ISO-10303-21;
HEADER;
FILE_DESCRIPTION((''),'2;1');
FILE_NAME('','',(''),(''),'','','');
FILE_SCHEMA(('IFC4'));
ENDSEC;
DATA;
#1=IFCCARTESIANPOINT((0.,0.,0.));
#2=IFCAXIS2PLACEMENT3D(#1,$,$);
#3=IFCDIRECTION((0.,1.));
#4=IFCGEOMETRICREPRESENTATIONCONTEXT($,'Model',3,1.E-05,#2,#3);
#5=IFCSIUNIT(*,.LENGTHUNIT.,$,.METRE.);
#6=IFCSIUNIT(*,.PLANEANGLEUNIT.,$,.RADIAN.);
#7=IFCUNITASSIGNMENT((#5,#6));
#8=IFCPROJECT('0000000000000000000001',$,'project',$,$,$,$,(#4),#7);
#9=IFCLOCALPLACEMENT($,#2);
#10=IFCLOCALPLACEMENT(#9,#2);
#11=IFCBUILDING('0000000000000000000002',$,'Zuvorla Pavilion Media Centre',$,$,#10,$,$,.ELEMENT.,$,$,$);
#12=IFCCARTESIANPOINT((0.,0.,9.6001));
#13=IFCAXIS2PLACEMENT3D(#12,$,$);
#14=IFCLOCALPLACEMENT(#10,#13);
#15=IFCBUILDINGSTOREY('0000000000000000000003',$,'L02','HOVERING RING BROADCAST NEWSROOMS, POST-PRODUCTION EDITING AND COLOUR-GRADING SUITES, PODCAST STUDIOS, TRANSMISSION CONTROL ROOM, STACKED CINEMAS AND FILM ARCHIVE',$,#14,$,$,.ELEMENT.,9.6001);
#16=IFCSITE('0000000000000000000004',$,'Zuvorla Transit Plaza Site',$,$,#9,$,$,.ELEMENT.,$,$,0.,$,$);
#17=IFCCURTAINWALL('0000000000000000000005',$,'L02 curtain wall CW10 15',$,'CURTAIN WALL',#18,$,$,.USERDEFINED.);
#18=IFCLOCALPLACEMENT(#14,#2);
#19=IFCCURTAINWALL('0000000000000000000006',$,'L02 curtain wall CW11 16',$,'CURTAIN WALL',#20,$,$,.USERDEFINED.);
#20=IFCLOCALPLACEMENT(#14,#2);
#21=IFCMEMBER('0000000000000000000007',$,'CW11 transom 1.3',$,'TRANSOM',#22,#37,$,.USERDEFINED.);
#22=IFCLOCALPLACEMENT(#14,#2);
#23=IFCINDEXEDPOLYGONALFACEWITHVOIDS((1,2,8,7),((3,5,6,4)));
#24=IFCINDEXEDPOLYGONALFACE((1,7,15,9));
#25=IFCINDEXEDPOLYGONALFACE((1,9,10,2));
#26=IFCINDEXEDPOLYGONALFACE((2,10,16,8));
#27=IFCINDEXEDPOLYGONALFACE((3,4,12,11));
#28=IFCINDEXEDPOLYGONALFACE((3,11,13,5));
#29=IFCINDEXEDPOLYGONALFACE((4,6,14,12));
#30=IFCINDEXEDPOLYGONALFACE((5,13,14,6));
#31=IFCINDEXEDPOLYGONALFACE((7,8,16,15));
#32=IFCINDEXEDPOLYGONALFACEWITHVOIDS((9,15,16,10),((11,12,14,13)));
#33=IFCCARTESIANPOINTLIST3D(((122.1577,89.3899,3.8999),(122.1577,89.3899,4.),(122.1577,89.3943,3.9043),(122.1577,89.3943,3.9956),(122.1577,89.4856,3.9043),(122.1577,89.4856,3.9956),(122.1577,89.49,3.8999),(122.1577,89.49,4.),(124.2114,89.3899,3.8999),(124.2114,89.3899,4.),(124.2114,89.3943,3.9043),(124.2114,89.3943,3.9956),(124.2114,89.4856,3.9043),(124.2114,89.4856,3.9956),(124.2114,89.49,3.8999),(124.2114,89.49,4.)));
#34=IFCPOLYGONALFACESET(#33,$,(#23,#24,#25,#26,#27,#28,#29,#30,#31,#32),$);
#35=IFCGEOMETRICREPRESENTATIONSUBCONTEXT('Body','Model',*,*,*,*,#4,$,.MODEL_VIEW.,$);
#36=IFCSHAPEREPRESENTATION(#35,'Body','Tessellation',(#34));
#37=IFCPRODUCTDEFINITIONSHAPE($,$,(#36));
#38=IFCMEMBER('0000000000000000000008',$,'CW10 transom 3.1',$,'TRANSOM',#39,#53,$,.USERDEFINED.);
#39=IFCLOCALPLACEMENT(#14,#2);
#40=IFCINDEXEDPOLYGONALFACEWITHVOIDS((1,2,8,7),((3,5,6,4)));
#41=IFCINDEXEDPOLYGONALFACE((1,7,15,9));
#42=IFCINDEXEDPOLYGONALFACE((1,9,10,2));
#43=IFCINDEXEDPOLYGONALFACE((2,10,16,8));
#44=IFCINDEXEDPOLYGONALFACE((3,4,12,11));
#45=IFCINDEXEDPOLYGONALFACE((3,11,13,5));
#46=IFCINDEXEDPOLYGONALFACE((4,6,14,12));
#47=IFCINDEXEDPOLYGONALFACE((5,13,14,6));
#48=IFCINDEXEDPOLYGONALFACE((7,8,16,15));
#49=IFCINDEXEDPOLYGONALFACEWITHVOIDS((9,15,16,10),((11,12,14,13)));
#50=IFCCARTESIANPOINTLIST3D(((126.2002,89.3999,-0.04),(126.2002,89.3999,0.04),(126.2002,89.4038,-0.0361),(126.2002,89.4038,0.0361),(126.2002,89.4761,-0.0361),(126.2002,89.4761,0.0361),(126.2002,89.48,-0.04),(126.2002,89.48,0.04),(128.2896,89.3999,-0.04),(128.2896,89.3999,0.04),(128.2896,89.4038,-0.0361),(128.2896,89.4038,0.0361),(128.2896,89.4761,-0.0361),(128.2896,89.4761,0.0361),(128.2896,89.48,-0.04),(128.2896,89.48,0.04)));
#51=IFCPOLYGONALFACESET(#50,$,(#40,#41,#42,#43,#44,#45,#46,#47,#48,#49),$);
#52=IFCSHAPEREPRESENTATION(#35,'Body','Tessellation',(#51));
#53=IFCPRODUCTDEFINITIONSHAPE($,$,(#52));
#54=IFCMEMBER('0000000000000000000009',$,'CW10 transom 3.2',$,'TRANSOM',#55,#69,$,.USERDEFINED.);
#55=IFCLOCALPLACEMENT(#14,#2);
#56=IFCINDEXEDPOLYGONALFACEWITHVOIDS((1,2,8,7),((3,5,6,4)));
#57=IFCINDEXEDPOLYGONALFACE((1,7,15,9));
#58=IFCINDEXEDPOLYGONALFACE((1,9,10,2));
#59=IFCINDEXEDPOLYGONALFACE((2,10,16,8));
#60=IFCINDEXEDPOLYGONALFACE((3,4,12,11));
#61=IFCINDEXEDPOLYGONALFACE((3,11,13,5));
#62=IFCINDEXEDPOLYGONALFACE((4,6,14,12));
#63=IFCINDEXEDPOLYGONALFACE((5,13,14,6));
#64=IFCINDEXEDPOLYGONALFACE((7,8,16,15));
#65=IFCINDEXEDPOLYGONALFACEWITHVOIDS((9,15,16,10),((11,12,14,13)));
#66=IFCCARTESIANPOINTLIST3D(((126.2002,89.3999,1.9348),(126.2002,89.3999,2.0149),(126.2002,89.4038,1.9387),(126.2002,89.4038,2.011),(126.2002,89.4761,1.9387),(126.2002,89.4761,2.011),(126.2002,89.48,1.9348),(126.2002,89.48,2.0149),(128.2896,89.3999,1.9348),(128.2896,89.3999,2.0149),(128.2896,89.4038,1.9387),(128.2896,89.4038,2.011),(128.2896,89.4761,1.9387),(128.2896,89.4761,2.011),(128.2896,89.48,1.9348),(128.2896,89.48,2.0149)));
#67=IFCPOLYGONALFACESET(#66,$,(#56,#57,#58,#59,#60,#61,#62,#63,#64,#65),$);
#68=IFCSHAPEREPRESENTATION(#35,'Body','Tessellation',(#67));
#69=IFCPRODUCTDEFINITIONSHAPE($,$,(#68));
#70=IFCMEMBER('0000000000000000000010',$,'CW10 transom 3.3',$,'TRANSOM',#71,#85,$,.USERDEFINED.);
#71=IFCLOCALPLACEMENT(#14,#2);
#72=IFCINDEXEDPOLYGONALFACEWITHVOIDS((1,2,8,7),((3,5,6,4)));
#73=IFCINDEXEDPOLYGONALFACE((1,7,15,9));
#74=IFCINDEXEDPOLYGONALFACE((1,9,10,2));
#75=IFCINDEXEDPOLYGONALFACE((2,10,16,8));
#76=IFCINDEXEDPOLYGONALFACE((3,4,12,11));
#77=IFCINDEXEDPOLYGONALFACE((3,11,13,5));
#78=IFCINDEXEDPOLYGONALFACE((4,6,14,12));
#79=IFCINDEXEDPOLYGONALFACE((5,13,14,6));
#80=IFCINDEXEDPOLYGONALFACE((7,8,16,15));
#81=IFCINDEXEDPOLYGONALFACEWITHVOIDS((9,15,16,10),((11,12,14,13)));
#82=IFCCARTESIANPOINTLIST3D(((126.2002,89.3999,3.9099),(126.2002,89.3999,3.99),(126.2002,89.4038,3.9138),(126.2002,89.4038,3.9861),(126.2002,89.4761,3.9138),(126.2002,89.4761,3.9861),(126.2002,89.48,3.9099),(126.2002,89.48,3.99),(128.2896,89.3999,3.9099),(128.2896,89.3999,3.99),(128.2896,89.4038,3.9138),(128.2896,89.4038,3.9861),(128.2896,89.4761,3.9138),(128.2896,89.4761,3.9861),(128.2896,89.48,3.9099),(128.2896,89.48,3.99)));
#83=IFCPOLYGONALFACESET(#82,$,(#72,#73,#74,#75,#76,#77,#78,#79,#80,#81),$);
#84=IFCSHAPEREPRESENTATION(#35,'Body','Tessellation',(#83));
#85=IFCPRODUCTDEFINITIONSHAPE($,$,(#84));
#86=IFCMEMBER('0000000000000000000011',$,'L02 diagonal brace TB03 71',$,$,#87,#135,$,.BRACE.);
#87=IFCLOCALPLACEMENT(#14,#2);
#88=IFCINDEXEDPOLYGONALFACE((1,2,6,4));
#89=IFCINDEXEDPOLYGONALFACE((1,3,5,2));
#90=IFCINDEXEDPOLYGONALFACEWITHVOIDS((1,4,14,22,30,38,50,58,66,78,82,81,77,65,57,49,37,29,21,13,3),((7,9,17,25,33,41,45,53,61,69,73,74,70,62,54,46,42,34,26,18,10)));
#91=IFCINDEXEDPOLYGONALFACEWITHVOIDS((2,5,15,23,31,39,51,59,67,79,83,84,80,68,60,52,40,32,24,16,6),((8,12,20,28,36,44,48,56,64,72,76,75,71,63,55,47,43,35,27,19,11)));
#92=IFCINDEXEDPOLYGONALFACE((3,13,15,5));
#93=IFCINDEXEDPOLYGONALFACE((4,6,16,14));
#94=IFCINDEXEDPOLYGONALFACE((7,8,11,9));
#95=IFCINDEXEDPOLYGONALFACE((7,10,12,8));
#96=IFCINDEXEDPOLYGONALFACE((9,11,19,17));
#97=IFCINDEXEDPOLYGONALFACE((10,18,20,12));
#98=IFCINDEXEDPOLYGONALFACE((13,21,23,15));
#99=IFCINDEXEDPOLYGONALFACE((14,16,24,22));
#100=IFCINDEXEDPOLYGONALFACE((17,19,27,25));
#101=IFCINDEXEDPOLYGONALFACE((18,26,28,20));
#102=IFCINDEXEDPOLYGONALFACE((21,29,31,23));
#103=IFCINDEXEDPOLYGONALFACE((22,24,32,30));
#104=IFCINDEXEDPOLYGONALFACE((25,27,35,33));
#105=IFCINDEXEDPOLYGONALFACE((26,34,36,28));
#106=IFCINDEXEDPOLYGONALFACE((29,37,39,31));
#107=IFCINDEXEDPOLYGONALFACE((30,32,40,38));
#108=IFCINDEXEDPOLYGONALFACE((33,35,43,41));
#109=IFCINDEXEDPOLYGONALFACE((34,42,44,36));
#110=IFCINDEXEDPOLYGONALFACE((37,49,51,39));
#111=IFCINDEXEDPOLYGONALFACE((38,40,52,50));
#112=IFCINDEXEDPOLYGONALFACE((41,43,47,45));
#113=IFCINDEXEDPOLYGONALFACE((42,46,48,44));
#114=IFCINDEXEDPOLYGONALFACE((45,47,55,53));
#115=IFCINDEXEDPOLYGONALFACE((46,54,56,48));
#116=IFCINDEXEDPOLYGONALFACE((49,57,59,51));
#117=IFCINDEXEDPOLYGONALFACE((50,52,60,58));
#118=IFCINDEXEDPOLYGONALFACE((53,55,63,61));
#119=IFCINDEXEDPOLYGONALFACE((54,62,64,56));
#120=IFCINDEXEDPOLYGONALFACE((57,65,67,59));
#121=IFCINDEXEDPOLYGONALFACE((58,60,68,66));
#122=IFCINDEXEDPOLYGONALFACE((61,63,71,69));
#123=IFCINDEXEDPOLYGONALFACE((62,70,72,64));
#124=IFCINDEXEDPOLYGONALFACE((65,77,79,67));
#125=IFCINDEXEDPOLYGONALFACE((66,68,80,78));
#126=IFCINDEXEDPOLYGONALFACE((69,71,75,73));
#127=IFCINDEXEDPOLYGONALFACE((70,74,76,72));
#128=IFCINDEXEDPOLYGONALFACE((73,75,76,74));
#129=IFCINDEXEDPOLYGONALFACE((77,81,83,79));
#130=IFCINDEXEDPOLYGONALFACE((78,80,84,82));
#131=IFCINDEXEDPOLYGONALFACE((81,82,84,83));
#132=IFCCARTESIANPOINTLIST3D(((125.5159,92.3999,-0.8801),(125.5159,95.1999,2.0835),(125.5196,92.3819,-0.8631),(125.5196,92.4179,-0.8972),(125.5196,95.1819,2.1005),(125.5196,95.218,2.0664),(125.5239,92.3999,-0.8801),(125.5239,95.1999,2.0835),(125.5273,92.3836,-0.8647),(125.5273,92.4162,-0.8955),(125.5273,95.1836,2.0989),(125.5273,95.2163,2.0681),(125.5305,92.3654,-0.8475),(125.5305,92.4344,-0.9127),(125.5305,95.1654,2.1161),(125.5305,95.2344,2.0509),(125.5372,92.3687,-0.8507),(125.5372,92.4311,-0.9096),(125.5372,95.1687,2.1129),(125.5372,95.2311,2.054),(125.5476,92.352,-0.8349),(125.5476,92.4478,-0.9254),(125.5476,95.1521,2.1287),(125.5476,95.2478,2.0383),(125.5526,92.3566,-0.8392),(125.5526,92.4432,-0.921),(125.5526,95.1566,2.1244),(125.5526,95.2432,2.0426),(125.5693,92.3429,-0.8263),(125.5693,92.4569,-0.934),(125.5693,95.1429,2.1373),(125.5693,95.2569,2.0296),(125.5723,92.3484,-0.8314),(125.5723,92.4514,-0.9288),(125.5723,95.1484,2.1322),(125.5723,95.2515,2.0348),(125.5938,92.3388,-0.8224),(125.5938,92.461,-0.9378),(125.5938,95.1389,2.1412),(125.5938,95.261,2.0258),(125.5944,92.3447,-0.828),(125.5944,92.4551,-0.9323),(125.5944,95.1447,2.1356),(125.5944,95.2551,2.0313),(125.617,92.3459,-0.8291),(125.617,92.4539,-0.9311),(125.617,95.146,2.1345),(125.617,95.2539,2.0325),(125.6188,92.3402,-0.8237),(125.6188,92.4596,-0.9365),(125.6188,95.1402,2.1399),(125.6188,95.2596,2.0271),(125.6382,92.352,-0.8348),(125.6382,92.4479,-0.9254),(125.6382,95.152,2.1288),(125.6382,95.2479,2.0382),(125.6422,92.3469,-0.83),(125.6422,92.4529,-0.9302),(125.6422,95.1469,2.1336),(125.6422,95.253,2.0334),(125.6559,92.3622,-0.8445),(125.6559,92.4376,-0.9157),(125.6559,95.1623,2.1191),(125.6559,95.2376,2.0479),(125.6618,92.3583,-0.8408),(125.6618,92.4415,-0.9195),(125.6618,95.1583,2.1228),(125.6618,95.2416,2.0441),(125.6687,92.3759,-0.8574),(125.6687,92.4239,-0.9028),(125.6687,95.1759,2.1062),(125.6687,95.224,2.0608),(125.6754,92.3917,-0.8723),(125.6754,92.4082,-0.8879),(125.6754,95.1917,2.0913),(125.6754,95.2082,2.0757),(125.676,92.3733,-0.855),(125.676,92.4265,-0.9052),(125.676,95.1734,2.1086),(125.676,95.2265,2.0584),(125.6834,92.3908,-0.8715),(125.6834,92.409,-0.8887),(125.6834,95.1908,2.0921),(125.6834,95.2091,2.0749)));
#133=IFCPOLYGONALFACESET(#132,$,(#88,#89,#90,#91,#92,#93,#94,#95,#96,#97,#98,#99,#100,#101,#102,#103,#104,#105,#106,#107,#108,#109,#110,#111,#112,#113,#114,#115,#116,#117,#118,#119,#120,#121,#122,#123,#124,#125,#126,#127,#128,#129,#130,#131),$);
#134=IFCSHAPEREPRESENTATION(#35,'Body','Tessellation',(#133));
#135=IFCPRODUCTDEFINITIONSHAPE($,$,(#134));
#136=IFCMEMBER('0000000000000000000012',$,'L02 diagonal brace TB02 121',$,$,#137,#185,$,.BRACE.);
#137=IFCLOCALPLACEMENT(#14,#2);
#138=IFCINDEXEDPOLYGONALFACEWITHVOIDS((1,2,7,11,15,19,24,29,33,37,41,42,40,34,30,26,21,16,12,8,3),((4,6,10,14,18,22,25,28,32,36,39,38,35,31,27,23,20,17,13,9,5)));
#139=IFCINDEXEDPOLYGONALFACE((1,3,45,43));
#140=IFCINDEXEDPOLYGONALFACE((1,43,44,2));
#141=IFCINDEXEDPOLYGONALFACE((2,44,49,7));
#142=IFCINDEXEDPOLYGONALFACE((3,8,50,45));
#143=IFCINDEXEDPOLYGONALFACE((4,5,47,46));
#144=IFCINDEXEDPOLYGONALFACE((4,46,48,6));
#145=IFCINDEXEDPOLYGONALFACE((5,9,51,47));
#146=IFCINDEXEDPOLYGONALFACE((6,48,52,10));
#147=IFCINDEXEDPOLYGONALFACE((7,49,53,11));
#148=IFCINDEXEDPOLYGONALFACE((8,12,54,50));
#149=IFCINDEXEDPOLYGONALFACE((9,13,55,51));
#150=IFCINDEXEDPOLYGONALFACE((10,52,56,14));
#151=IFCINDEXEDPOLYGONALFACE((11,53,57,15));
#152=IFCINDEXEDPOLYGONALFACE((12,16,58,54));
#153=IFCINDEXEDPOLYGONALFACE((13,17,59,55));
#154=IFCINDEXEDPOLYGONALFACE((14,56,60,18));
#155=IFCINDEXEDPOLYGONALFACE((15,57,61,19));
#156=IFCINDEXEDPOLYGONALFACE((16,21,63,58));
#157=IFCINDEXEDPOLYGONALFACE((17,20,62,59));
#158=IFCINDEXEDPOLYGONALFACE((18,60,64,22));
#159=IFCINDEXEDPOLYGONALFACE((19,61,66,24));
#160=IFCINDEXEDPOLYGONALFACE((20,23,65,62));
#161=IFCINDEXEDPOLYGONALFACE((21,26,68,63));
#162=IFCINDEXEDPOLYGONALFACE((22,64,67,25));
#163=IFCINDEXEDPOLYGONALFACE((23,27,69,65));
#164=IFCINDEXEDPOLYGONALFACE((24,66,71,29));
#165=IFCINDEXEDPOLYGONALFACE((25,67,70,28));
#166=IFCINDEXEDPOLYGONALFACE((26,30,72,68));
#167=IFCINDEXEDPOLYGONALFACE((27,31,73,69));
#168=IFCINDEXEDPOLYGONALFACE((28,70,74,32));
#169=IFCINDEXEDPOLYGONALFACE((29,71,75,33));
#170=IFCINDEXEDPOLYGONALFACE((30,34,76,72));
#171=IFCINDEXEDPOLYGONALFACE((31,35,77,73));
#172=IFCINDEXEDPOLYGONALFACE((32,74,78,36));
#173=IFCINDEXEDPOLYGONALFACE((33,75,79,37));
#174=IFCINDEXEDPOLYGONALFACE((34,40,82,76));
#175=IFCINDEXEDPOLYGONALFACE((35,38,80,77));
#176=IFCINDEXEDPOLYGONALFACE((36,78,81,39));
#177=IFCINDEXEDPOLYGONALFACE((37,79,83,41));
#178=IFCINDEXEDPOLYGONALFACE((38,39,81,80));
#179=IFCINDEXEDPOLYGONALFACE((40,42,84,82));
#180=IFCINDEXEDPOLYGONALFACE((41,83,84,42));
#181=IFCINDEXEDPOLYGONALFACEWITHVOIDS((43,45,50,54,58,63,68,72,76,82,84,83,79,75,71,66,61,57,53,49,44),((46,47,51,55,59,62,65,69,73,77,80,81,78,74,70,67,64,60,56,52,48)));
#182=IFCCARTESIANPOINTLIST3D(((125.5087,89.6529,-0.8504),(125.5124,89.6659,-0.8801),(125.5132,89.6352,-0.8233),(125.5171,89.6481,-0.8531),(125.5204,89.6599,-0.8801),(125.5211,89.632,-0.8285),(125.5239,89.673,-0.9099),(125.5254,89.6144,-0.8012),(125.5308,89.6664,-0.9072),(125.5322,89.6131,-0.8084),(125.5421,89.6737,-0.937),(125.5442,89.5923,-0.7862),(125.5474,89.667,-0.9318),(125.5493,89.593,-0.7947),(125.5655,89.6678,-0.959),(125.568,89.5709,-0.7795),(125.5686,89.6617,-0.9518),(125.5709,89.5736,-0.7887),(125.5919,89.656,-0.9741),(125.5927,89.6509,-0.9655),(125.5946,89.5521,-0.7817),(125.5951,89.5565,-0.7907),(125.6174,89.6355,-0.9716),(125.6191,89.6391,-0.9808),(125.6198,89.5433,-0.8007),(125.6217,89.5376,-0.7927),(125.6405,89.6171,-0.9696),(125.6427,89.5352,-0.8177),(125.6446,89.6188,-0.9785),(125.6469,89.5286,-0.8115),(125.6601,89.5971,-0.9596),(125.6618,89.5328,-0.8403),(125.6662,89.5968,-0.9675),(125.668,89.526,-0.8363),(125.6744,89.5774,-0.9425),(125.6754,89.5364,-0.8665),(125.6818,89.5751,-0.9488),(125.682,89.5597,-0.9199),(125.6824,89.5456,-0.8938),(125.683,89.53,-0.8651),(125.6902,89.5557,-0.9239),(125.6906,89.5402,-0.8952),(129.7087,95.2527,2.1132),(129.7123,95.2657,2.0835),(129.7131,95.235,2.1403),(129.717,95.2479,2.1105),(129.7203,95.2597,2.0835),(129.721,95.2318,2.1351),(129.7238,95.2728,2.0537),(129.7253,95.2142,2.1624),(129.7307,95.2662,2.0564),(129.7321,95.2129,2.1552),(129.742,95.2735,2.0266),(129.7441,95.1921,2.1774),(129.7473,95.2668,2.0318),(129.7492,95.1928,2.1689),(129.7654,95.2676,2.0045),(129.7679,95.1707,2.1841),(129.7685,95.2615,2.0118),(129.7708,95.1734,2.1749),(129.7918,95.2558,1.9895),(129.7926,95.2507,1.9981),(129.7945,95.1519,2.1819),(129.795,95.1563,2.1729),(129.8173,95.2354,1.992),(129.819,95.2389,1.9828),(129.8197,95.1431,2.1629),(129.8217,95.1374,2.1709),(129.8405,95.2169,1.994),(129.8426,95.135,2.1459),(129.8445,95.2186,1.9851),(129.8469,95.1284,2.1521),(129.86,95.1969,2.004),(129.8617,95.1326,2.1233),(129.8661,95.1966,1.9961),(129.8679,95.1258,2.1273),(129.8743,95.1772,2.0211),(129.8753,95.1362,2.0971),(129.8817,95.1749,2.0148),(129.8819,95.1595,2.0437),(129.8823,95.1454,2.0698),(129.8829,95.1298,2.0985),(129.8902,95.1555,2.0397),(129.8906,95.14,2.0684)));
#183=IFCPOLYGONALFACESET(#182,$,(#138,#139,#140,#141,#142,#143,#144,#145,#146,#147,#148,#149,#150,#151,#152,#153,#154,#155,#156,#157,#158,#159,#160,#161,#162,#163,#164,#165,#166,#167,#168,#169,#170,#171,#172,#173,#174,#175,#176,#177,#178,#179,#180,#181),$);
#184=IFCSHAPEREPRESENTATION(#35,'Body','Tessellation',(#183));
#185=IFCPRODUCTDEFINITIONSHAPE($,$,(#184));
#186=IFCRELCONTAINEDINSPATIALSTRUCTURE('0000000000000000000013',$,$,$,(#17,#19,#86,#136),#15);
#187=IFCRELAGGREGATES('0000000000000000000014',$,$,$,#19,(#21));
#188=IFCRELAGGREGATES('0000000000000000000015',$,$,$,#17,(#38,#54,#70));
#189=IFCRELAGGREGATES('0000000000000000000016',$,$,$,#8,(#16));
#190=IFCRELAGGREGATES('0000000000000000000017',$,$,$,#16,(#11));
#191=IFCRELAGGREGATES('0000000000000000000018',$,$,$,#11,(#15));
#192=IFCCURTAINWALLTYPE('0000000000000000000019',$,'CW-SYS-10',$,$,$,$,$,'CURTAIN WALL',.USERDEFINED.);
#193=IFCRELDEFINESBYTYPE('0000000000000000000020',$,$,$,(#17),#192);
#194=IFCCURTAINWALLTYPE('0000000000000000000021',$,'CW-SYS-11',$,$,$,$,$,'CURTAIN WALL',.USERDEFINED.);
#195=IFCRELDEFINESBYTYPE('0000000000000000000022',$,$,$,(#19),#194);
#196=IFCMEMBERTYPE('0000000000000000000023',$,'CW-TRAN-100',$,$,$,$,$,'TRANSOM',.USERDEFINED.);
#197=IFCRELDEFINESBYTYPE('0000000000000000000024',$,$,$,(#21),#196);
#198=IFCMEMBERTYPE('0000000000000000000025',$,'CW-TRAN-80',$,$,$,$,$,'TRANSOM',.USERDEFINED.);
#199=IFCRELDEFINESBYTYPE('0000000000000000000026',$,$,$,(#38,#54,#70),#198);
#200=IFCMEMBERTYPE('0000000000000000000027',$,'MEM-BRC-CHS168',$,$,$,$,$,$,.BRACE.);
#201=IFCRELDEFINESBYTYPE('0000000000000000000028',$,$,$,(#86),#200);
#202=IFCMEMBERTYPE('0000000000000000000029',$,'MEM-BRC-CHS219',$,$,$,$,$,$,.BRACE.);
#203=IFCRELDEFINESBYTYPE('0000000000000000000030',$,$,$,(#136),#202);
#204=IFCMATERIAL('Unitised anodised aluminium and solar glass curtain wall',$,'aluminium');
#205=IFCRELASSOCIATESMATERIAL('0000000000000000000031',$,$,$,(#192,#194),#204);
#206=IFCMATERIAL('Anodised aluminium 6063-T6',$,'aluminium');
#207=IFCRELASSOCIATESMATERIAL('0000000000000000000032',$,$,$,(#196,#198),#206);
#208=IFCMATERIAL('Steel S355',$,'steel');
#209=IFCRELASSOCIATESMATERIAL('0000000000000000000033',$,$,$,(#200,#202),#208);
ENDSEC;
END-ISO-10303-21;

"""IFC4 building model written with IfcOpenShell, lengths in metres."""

from ifc_helpers import new_model, si_unit, direction, frame, origin, origin_2d, place, context, subcontext, project, spatial, hollow_rectangle, hollow_circle, extrude, material, material_profile, profile_set, type_object, element, aggregate, save


model = new_model("IFC4")

# Units and contexts
model_context = context("Model", 3, precision=1e-05, world=origin(), true_north=direction((0.0, 1.0)))
body_context = subcontext(model_context, "Body", "Model", "MODEL_VIEW")
ifc_project = project(units=[si_unit("LENGTHUNIT", "METRE"), si_unit("PLANEANGLEUNIT", "RADIAN")], contexts=[model_context])

# Site, building, storey
site_placement = place(None, origin())
site = spatial("IfcSite", under=ifc_project, at=site_placement, Name="Zuvorla Transit Plaza Site", CompositionType="ELEMENT", RefElevation=0.0)
building_placement = place(site_placement, origin())
building = spatial("IfcBuilding", under=site, at=building_placement, Name="Zuvorla Pavilion Media Centre", CompositionType="ELEMENT")
storey_placement = place(building_placement, frame((0.0, 0.0, 9.6001)))
storey = spatial("IfcBuildingStorey", under=building, at=storey_placement, Name="L02", Description="HOVERING RING BROADCAST NEWSROOMS, POST-PRODUCTION EDITING AND COLOUR-GRADING SUITES, PODCAST STUDIOS, TRANSMISSION CONTROL ROOM, STACKED CINEMAS AND FILM ARCHIVE", CompositionType="ELEMENT", Elevation=9.6001)

# Shared definitions
ifc_material_1 = material(Name="Steel S355", Category="steel")

# Curtain wall
ifc_material_2 = material(Name="Unitised anodised aluminium and solar glass curtain wall", Category="aluminium")
curtain_wall_type_1 = type_object("IfcCurtainWallType", Name="CW-SYS-10", ElementType="CURTAIN WALL", PredefinedType="USERDEFINED", material=ifc_material_2)
curtain_wall_1_placement = place(storey_placement, origin())
curtain_wall_1 = element("IfcCurtainWall", 1, at=curtain_wall_1_placement, inside=storey, type_object=curtain_wall_type_1, Name="L02 curtain wall CW10 15", ObjectType="CURTAIN WALL", PredefinedType="USERDEFINED")
ifc_material_3 = material(Name="Anodised aluminium 6063-T6", Category="aluminium")

# Curtain wall, member
curtain_wall_type_2 = type_object("IfcCurtainWallType", Name="CW-SYS-11", ElementType="CURTAIN WALL", PredefinedType="USERDEFINED", material=ifc_material_2)
curtain_wall_2_placement = place(storey_placement, origin())
curtain_wall_2 = element("IfcCurtainWall", 2, at=curtain_wall_2_placement, inside=storey, type_object=curtain_wall_type_2, Name="L02 curtain wall CW11 16", ObjectType="CURTAIN WALL", PredefinedType="USERDEFINED")
ifc_material_profile_1 = material_profile(ifc_material_3, hollow_rectangle(XDim=0.1001, YDim=0.1001, WallThickness=0.0044, at=origin_2d()), Name="ALU TRAN 100x100")
ifc_profile_set_1 = profile_set([ifc_material_profile_1], Name="Anodised aluminium 6063-T6")
member_type_1 = type_object("IfcMemberType", Name="CW-TRAN-100", ElementType="TRANSOM", PredefinedType="USERDEFINED", material=ifc_profile_set_1)
member_1_placement = place(storey_placement, frame((124.2114, 89.4399, 3.95), z_axis=(-1.0, 0.0, 0.0), x_axis=(0.0, -1.0, 0.0)))
member_1 = element("IfcMember", 3, at=member_1_placement, type_object=member_type_1, Name="CW11 transom 1.3", ObjectType="TRANSOM", PredefinedType="USERDEFINED", context=body_context, shape_type="SweptSolid", body=[
    extrude(hollow_rectangle(XDim=0.1001, YDim=0.1001, WallThickness=0.0044, at=origin_2d()), origin(), (0.0, 0.0, 1.0), 2.0537),
])
aggregate(curtain_wall_2, [member_1])

# Members
ifc_material_profile_2 = material_profile(ifc_material_3, hollow_rectangle(XDim=0.0801, YDim=0.0801, WallThickness=0.0039, at=origin_2d()), Name="ALU TRAN 80x80")
ifc_profile_set_2 = profile_set([ifc_material_profile_2], Name="Anodised aluminium 6063-T6")
member_type_2 = type_object("IfcMemberType", Name="CW-TRAN-80", ElementType="TRANSOM", PredefinedType="USERDEFINED", material=ifc_profile_set_2)
member_2_placement = place(storey_placement, frame((128.2896, 89.4399, 0.0), z_axis=(-1.0, 0.0, 0.0), x_axis=(0.0, -1.0, 0.0)))
member_2 = element("IfcMember", 4, at=member_2_placement, type_object=member_type_2, Name="CW10 transom 3.1", ObjectType="TRANSOM", PredefinedType="USERDEFINED", context=body_context, shape_type="SweptSolid", body=[
    extrude(hollow_rectangle(XDim=0.0801, YDim=0.0801, WallThickness=0.0039, at=origin_2d()), origin(), (0.0, 0.0, 1.0), 2.0894),
])
member_3_placement = place(storey_placement, frame((128.2896, 89.4399, 1.9749), z_axis=(-1.0, 0.0, 0.0), x_axis=(0.0, -1.0, 0.0)))
member_3 = element("IfcMember", 5, at=member_3_placement, type_object=member_type_2, Name="CW10 transom 3.2", ObjectType="TRANSOM", PredefinedType="USERDEFINED", context=body_context, shape_type="SweptSolid", body=[
    extrude(hollow_rectangle(XDim=0.0801, YDim=0.0801, WallThickness=0.0039, at=origin_2d()), origin(), (0.0, 0.0, 1.0), 2.0894),
])
member_4_placement = place(storey_placement, frame((128.2896, 89.4399, 3.95), z_axis=(-1.0, 0.0, 0.0), x_axis=(0.0, -1.0, 0.0)))
member_4 = element("IfcMember", 6, at=member_4_placement, type_object=member_type_2, Name="CW10 transom 3.3", ObjectType="TRANSOM", PredefinedType="USERDEFINED", context=body_context, shape_type="SweptSolid", body=[
    extrude(hollow_rectangle(XDim=0.0801, YDim=0.0801, WallThickness=0.0039, at=origin_2d()), origin(), (0.0, 0.0, 1.0), 2.0894),
])

# Members
ifc_material_profile_3 = material_profile(ifc_material_1, hollow_circle(Radius=0.0842, WallThickness=0.0081, at=origin_2d()), Name="CHS 168.3x8")
ifc_profile_set_3 = profile_set([ifc_material_profile_3], Name="Steel S355")
member_type_3 = type_object("IfcMemberType", Name="MEM-BRC-CHS168", PredefinedType="BRACE", material=ifc_profile_set_3)
member_5_placement = place(storey_placement, frame((125.6001, 92.3999, -0.8801), z_axis=(0.0, 0.686762, 0.726882), x_axis=(-1.0, 0.0, 0.0)))
element("IfcMember", 7, at=member_5_placement, inside=storey, type_object=member_type_3, Name="L02 diagonal brace TB03 71", PredefinedType="BRACE", context=body_context, shape_type="SweptSolid", body=[
    extrude(hollow_circle(Radius=0.0842, WallThickness=0.0081, at=origin_2d()), origin(), (0.0, 0.0, 1.0), 4.0771),
])
ifc_material_profile_4 = material_profile(ifc_material_1, hollow_circle(Radius=0.1096, WallThickness=0.01, at=origin_2d()), Name="CHS 219.1x10")
ifc_profile_set_4 = profile_set([ifc_material_profile_4], Name="Steel S355")
member_type_4 = type_object("IfcMemberType", Name="MEM-BRC-CHS219", PredefinedType="BRACE", material=ifc_profile_set_4)
member_6_placement = place(storey_placement, frame((125.6001, 89.6001, -0.8801), z_axis=(0.552525, 0.736689, 0.389879), x_axis=(-0.799996, 0.600006, 0.0)))
element("IfcMember", 8, at=member_6_placement, inside=storey, type_object=member_type_4, Name="L02 diagonal brace TB02 121", PredefinedType="BRACE", context=body_context, shape_type="SweptSolid", body=[
    extrude(hollow_circle(Radius=0.1096, WallThickness=0.01, at=origin_2d()), origin(), (0.0, 0.0, 1.0), 7.6013),
])

aggregate(curtain_wall_1, [member_2, member_3, member_4])

save(model, "model.ifc")
